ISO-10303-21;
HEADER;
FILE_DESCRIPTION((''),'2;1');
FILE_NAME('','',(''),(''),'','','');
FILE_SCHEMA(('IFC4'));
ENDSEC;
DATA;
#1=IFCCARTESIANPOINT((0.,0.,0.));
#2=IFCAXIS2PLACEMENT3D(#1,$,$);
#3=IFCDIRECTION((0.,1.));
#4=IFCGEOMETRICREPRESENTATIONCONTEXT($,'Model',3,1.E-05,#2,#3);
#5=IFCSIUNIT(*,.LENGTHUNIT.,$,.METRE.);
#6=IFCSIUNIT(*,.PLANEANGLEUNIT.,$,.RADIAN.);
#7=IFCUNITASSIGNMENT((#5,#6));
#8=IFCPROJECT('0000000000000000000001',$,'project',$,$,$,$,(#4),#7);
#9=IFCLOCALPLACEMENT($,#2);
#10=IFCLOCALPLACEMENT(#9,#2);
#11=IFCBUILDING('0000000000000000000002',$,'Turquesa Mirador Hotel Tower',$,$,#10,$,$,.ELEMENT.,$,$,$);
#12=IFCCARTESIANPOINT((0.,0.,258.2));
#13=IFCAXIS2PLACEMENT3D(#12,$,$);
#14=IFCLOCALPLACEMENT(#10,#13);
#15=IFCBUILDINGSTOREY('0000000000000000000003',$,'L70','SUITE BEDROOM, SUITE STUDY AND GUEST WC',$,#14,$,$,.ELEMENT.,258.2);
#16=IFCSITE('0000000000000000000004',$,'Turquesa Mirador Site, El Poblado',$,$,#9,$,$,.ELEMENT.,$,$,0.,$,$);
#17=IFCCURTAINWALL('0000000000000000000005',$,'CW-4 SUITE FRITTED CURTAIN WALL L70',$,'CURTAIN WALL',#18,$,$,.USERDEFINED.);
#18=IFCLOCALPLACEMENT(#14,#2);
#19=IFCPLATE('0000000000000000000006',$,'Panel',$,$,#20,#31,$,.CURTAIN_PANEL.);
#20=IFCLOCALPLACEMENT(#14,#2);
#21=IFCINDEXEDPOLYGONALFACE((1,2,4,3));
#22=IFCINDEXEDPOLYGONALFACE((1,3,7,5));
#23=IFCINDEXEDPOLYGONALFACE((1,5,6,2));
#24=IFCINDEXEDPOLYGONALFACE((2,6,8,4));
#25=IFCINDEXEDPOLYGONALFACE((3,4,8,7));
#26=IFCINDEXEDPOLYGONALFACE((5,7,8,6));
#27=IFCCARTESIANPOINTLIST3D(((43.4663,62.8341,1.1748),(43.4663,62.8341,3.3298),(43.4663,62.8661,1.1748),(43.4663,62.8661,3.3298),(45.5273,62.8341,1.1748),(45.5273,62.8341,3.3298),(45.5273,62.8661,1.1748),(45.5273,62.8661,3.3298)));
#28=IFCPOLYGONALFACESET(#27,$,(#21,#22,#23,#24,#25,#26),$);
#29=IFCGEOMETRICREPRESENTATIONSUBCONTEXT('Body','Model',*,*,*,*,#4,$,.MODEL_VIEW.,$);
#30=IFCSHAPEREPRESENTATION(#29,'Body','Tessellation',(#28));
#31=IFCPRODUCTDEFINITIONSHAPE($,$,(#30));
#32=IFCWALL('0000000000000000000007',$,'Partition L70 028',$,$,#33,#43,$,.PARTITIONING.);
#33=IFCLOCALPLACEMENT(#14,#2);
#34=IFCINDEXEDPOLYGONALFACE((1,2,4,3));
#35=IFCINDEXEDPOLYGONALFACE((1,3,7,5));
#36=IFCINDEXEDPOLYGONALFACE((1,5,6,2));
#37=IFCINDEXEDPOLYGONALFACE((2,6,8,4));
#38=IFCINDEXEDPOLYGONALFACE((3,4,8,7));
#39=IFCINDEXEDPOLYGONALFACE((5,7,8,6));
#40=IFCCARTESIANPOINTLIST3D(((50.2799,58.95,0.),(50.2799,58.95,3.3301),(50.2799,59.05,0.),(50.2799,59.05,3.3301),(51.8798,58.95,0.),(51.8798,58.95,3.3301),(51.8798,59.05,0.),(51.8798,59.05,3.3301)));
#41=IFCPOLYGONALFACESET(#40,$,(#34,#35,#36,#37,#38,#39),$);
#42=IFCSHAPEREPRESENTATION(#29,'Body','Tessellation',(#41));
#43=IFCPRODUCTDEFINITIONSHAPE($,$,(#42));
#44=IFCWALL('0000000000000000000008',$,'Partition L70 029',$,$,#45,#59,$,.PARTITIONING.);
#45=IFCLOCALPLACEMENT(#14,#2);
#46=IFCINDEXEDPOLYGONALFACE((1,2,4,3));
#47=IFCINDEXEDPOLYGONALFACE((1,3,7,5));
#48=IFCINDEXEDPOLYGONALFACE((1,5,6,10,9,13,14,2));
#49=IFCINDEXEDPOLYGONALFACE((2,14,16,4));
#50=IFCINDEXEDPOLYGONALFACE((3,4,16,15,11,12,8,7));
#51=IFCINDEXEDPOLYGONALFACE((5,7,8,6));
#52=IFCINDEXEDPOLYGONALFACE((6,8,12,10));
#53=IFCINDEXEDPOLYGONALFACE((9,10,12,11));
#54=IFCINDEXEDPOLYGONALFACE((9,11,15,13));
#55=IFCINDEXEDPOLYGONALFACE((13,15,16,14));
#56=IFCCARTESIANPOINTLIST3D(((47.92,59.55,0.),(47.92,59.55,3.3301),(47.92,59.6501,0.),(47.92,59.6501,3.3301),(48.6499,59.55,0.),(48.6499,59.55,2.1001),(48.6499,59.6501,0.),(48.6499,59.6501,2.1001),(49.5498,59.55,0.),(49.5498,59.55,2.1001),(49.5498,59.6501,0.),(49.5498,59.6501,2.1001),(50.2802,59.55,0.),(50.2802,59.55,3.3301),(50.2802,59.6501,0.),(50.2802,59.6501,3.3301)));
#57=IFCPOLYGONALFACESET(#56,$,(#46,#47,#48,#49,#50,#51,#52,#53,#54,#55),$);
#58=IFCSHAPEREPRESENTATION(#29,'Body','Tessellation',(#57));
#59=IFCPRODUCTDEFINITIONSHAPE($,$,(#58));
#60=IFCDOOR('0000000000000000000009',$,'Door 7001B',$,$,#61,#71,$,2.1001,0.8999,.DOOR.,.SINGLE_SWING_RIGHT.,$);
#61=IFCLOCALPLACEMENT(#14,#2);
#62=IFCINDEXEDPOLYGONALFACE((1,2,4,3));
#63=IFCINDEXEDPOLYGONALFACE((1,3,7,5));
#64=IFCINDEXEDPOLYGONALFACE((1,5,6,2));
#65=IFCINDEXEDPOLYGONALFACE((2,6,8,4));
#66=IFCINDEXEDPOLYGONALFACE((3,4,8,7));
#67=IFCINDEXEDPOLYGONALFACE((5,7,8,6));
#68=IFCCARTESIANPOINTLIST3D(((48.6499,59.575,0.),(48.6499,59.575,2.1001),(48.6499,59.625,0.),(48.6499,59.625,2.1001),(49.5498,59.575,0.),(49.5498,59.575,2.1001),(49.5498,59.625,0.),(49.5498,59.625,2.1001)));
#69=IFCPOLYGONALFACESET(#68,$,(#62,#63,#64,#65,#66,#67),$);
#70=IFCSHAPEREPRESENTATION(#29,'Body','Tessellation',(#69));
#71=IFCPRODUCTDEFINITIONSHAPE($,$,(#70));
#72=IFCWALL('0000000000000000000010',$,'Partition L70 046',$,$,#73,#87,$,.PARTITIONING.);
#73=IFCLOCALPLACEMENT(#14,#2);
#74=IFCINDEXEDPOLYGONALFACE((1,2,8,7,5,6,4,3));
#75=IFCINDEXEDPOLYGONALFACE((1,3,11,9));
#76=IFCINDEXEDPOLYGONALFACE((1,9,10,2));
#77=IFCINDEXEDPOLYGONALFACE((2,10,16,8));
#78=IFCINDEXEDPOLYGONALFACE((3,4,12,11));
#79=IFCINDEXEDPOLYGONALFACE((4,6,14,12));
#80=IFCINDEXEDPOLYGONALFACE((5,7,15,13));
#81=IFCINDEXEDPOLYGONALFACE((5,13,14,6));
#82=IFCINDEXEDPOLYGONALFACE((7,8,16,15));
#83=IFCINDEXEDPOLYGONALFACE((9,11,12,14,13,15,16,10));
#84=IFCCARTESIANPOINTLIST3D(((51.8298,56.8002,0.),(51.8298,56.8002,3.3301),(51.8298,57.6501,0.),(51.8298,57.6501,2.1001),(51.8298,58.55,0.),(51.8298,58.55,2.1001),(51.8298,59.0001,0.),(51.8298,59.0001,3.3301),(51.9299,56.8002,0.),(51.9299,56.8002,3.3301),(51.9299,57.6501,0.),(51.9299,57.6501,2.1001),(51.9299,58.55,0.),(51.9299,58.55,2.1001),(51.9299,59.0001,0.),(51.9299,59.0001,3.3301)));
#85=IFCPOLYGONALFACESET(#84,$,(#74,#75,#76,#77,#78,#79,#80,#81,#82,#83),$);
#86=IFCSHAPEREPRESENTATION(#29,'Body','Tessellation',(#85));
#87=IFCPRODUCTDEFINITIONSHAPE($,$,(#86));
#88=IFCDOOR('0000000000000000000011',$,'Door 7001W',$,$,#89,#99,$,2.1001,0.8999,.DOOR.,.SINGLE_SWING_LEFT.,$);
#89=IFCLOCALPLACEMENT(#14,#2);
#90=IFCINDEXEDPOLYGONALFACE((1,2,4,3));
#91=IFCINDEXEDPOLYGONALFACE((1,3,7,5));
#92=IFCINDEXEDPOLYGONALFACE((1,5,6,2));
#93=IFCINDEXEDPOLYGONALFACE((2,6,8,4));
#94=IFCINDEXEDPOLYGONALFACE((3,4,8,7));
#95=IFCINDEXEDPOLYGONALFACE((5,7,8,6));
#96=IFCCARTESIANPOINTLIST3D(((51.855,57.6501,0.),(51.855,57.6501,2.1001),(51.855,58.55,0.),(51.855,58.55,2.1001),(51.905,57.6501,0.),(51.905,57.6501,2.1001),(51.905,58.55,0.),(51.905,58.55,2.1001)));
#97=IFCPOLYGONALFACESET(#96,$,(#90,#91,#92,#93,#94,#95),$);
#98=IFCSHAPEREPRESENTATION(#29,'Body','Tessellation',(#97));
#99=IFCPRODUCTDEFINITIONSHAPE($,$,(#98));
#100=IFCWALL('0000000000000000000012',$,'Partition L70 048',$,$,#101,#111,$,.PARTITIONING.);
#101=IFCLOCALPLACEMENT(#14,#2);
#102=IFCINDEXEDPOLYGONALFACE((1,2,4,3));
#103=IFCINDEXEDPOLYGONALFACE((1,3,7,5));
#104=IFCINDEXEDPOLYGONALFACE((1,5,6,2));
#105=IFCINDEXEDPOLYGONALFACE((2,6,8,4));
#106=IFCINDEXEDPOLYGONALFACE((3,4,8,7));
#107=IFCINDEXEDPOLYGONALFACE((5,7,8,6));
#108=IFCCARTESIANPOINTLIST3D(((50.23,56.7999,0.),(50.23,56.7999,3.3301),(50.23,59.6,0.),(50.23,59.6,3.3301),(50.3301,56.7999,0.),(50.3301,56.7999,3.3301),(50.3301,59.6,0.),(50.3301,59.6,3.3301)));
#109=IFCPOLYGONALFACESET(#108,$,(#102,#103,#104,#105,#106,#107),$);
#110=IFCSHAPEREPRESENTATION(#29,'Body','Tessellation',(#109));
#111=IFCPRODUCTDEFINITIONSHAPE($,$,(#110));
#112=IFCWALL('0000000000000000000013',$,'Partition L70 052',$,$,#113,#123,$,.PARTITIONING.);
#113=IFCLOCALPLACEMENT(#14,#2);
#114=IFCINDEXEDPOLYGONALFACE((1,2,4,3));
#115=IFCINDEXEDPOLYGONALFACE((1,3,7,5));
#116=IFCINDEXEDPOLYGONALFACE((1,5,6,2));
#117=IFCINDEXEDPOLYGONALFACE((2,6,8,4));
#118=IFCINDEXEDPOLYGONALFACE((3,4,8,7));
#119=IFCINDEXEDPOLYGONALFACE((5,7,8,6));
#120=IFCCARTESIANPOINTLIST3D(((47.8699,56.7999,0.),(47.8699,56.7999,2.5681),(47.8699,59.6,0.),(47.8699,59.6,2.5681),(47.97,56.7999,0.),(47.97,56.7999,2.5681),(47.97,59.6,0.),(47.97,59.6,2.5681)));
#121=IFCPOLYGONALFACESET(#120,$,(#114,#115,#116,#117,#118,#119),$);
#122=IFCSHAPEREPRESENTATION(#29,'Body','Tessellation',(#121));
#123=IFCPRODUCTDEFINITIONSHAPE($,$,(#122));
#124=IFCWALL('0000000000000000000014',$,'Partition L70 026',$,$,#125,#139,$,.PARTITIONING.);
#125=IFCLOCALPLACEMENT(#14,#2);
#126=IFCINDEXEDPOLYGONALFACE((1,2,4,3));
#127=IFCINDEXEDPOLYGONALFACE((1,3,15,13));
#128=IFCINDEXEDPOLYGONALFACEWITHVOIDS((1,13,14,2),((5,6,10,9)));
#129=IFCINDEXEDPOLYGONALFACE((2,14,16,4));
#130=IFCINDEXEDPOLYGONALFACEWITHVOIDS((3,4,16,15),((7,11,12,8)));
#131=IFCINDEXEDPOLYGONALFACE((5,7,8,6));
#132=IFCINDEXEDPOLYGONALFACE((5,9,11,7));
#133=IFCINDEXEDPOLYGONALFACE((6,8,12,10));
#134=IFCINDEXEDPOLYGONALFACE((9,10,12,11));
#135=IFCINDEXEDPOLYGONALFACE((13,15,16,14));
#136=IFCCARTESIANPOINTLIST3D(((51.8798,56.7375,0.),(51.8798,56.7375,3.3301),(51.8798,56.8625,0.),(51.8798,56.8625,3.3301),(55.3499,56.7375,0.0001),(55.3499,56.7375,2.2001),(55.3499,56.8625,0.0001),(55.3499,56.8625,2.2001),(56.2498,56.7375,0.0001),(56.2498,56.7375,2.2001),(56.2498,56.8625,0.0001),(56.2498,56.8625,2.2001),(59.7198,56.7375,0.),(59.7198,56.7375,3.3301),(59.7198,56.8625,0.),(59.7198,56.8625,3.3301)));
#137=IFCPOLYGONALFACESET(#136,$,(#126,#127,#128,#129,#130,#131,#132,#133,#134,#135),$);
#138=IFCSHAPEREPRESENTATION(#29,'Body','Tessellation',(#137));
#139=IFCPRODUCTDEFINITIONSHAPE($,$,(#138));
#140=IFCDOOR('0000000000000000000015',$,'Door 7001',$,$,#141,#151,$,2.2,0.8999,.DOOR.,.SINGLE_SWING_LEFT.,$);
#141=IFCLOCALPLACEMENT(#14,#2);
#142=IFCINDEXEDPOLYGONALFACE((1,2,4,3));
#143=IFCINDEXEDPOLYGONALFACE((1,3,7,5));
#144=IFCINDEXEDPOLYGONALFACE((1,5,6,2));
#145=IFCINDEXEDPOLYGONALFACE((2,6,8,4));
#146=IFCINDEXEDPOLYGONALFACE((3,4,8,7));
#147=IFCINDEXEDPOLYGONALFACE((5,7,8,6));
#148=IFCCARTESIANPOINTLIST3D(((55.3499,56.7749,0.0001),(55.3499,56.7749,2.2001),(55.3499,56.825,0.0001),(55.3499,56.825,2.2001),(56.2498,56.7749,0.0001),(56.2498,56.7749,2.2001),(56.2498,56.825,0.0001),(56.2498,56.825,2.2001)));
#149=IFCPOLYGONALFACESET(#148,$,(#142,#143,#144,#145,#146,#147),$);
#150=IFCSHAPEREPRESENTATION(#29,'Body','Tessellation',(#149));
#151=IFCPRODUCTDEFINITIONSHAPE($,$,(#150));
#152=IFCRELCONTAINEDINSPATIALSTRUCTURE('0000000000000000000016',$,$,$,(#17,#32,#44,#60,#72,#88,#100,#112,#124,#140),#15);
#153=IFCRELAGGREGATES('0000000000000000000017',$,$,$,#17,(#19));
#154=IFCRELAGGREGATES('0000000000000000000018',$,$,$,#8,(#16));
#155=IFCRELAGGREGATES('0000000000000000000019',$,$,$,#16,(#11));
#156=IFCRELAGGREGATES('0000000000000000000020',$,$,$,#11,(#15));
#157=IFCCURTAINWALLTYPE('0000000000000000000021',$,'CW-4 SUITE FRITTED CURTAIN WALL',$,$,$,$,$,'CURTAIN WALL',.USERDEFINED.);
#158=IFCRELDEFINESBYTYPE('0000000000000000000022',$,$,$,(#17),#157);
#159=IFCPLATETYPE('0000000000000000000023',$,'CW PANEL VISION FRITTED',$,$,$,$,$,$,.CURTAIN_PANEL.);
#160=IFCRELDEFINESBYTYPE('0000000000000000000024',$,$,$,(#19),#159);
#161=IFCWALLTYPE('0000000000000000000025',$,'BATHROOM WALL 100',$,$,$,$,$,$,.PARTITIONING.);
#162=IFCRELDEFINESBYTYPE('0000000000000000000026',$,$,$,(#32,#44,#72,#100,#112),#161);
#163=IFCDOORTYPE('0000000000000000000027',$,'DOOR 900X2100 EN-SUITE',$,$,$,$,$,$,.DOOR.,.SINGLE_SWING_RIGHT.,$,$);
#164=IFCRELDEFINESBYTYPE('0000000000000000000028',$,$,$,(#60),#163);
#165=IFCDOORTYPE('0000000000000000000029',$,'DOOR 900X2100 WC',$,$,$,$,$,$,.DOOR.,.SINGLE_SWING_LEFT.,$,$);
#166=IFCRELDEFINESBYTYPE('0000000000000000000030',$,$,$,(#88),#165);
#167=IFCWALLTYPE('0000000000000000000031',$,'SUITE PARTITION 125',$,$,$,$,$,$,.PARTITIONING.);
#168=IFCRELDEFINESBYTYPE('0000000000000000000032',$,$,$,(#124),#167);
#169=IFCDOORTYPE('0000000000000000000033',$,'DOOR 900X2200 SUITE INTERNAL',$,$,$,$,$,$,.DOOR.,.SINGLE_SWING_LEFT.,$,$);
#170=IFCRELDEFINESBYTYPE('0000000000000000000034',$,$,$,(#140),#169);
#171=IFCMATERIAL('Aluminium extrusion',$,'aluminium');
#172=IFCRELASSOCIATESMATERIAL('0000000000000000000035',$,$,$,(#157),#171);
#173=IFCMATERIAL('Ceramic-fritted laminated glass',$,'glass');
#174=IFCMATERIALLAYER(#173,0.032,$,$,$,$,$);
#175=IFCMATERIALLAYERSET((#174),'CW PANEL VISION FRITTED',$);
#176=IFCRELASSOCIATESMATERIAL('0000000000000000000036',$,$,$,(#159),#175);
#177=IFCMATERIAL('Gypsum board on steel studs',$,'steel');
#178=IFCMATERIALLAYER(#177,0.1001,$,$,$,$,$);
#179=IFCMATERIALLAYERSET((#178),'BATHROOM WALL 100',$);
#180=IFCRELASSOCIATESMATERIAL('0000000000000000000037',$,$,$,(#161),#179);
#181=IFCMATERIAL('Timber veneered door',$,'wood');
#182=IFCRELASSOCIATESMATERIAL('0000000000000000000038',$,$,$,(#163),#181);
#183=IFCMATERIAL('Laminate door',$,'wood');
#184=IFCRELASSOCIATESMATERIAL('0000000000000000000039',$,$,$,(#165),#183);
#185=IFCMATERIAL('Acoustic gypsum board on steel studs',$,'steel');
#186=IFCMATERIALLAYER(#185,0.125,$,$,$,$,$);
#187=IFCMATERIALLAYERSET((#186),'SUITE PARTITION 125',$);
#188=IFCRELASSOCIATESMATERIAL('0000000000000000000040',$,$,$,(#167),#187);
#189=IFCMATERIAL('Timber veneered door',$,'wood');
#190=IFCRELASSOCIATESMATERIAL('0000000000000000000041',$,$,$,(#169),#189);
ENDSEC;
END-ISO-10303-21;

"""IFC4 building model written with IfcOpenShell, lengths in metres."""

from ifc_helpers import new_model, si_unit, direction, frame, frame_2d, origin, origin_2d, place, context, subcontext, project, spatial, rectangle, extrude, material, layer, layer_set, type_object, element, fill, aggregate, save


model = new_model("IFC4")

# Units and contexts
model_context = context("Model", 3, precision=1e-05, world=origin(), true_north=direction((0.0, 1.0)))
body_context = subcontext(model_context, "Body", "Model", "MODEL_VIEW")
ifc_project = project(units=[si_unit("LENGTHUNIT", "METRE"), si_unit("PLANEANGLEUNIT", "RADIAN")], contexts=[model_context])

# Site, building, storey
site_placement = place(None, origin())
site = spatial("IfcSite", under=ifc_project, at=site_placement, Name="Turquesa Mirador Site, El Poblado", CompositionType="ELEMENT", RefElevation=0.0)
building_placement = place(site_placement, origin())
building = spatial("IfcBuilding", under=site, at=building_placement, Name="Turquesa Mirador Hotel Tower", CompositionType="ELEMENT")
storey_placement = place(building_placement, frame((0.0, 0.0, 258.2)))
storey = spatial("IfcBuildingStorey", under=building, at=storey_placement, Name="L70", Description="SUITE BEDROOM, SUITE STUDY AND GUEST WC", CompositionType="ELEMENT", Elevation=258.2)

# Curtain wall
ifc_material_1 = material(Name="Aluminium extrusion", Category="aluminium")
curtain_wall_type = type_object("IfcCurtainWallType", Name="CW-4 SUITE FRITTED CURTAIN WALL", ElementType="CURTAIN WALL", PredefinedType="USERDEFINED", material=ifc_material_1)
curtain_wall_1_placement = place(storey_placement, origin())
curtain_wall_1 = element("IfcCurtainWall", 1, at=curtain_wall_1_placement, inside=storey, type_object=curtain_wall_type, Name="CW-4 SUITE FRITTED CURTAIN WALL L70", ObjectType="CURTAIN WALL", PredefinedType="USERDEFINED")

# Plate
ifc_material_2 = material(Name="Ceramic-fritted laminated glass", Category="glass")
ifc_layer_1 = layer(ifc_material_2, 0.032)
ifc_layer_set_1 = layer_set([ifc_layer_1], Name="CW PANEL VISION FRITTED")
plate_type_1 = type_object("IfcPlateType", Name="CW PANEL VISION FRITTED", PredefinedType="CURTAIN_PANEL", material=ifc_layer_set_1)
plate_1_placement = place(storey_placement, frame((44.4968, 62.8501, 1.1748), z_axis=(0.0, 0.0, 1.0), x_axis=(-1.0, 0.0, 0.0)))
plate_1 = element("IfcPlate", 2, at=plate_1_placement, type_object=plate_type_1, Name="Panel", PredefinedType="CURTAIN_PANEL", context=body_context, shape_type="SweptSolid", body=[
    extrude(rectangle(XDim=2.061, YDim=0.032, at=origin_2d()), origin(), (0.0, 0.0, 1.0), 2.155),
])
aggregate(curtain_wall_1, [plate_1])

# Wall
ifc_material_3 = material(Name="Gypsum board on steel studs", Category="steel")
ifc_layer_2 = layer(ifc_material_3, 0.1001)
ifc_layer_set_2 = layer_set([ifc_layer_2], Name="BATHROOM WALL 100")
wall_type_1 = type_object("IfcWallType", Name="BATHROOM WALL 100", PredefinedType="PARTITIONING", material=ifc_layer_set_2)
wall_1_placement = place(storey_placement, frame((50.28, 59.0, 0.0), z_axis=(0.0, 0.0, 1.0), x_axis=(1.0, 0.0, 0.0)))
element("IfcWall", 3, at=wall_1_placement, inside=storey, type_object=wall_type_1, Name="Partition L70 028", PredefinedType="PARTITIONING", context=body_context, shape_type="SweptSolid", body=[
    extrude(rectangle(XDim=1.5999, YDim=0.1001, at=frame_2d((0.7998, 0.0))), origin(), (0.0, 0.0, 1.0), 3.3301),
])

# Walls, openings, doors
wall_2_placement = place(storey_placement, frame((47.9199, 59.6001, 0.0), z_axis=(0.0, 0.0, 1.0), x_axis=(1.0, 0.0, 0.0)))
wall_2 = element("IfcWall", 4, at=wall_2_placement, inside=storey, type_object=wall_type_1, Name="Partition L70 029", PredefinedType="PARTITIONING", context=body_context, shape_type="SweptSolid", body=[
    extrude(rectangle(XDim=2.3601, YDim=0.1001, at=frame_2d((1.1802, 0.0))), origin(), (0.0, 0.0, 1.0), 3.3301),
])
opening_1_placement = place(wall_2_placement, frame((0.73, 0.0, 0.0)))
opening_1 = element("IfcOpeningElement", 5, at=opening_1_placement, cuts=wall_2, PredefinedType="OPENING", context=body_context, shape_type="SweptSolid", body=[
    extrude(rectangle(XDim=0.8999, YDim=2.1001, at=frame_2d((0.45, 1.05))), frame((0.0, 0.0601, 0.0), z_axis=(0.0, -1.0, 0.0), x_axis=(1.0, 0.0, 0.0)), (0.0, 0.0, 1.0), 0.1201),
])
ifc_material_4 = material(Name="Timber veneered door", Category="wood")
door_type_1 = type_object("IfcDoorType", Name="DOOR 900X2100 EN-SUITE", OperationType="SINGLE_SWING_RIGHT", PredefinedType="DOOR", material=ifc_material_4)
door_1_placement = place(opening_1_placement, origin())
door_1 = element("IfcDoor", 6, at=door_1_placement, inside=storey, type_object=door_type_1, Name="Door 7001B", OperationType="SINGLE_SWING_RIGHT", OverallHeight=2.1001, OverallWidth=0.8999, PredefinedType="DOOR", context=body_context, shape_type="SweptSolid", body=[
    extrude(rectangle(XDim=0.8999, YDim=2.1001, at=frame_2d((0.45, 1.05))), frame((0.0, 0.0249, 0.0), z_axis=(0.0, -1.0, 0.0), x_axis=(1.0, 0.0, 0.0)), (0.0, 0.0, 1.0), 0.05),
])
fill(opening_1, door_1)
wall_3_placement = place(storey_placement, frame((51.8799, 56.8, 0.0), z_axis=(0.0, 0.0, 1.0), x_axis=(0.0, 1.0, 0.0)))
wall_3 = element("IfcWall", 7, at=wall_3_placement, inside=storey, type_object=wall_type_1, Name="Partition L70 046", PredefinedType="PARTITIONING", context=body_context, shape_type="SweptSolid", body=[
    extrude(rectangle(XDim=2.2, YDim=0.1001, at=frame_2d((1.1001, 0.0))), origin(), (0.0, 0.0, 1.0), 3.3301),
])
opening_2_placement = place(wall_3_placement, frame((0.8501, 0.0, 0.0)))
opening_2 = element("IfcOpeningElement", 8, at=opening_2_placement, cuts=wall_3, PredefinedType="OPENING", context=body_context, shape_type="SweptSolid", body=[
    extrude(rectangle(XDim=0.8999, YDim=2.1001, at=frame_2d((0.45, 1.05))), frame((0.0, 0.0601, 0.0), z_axis=(0.0, -1.0, 0.0), x_axis=(1.0, 0.0, 0.0)), (0.0, 0.0, 1.0), 0.1201),
])
ifc_material_5 = material(Name="Laminate door", Category="wood")
door_type_2 = type_object("IfcDoorType", Name="DOOR 900X2100 WC", OperationType="SINGLE_SWING_LEFT", PredefinedType="DOOR", material=ifc_material_5)
door_2_placement = place(opening_2_placement, origin())
door_2 = element("IfcDoor", 9, at=door_2_placement, inside=storey, type_object=door_type_2, Name="Door 7001W", OperationType="SINGLE_SWING_LEFT", OverallHeight=2.1001, OverallWidth=0.8999, PredefinedType="DOOR", context=body_context, shape_type="SweptSolid", body=[
    extrude(rectangle(XDim=0.8999, YDim=2.1001, at=frame_2d((0.45, 1.05))), frame((0.0, 0.0249, 0.0), z_axis=(0.0, -1.0, 0.0), x_axis=(1.0, 0.0, 0.0)), (0.0, 0.0, 1.0), 0.05),
])
fill(opening_2, door_2)

# Walls
wall_4_placement = place(storey_placement, frame((50.28, 56.8, 0.0), z_axis=(0.0, 0.0, 1.0), x_axis=(0.0, 1.0, 0.0)))
element("IfcWall", 10, at=wall_4_placement, inside=storey, type_object=wall_type_1, Name="Partition L70 048", PredefinedType="PARTITIONING", context=body_context, shape_type="SweptSolid", body=[
    extrude(rectangle(XDim=2.8, YDim=0.1001, at=frame_2d((1.3999, 0.0))), origin(), (0.0, 0.0, 1.0), 3.3301),
])
wall_5_placement = place(storey_placement, frame((47.9199, 56.8, 0.0), z_axis=(0.0, 0.0, 1.0), x_axis=(0.0, 1.0, 0.0)))
element("IfcWall", 11, at=wall_5_placement, inside=storey, type_object=wall_type_1, Name="Partition L70 052", PredefinedType="PARTITIONING", context=body_context, shape_type="SweptSolid", body=[
    extrude(rectangle(XDim=2.8, YDim=0.1001, at=frame_2d((1.3999, 0.0))), origin(), (0.0, 0.0, 1.0), 2.5681),
])

# Wall, opening, door
ifc_material_6 = material(Name="Acoustic gypsum board on steel studs", Category="steel")
ifc_layer_3 = layer(ifc_material_6, 0.125)
ifc_layer_set_3 = layer_set([ifc_layer_3], Name="SUITE PARTITION 125")
wall_type_2 = type_object("IfcWallType", Name="SUITE PARTITION 125", PredefinedType="PARTITIONING", material=ifc_layer_set_3)
wall_6_placement = place(storey_placement, frame((51.8799, 56.8, 0.0), z_axis=(0.0, 0.0, 1.0), x_axis=(1.0, 0.0, 0.0)))
wall_6 = element("IfcWall", 12, at=wall_6_placement, inside=storey, type_object=wall_type_2, Name="Partition L70 026", PredefinedType="PARTITIONING", context=body_context, shape_type="SweptSolid", body=[
    extrude(rectangle(XDim=7.8401, YDim=0.125, at=frame_2d((3.9199, 0.0))), origin(), (0.0, 0.0, 1.0), 3.3301),
])
opening_3_placement = place(wall_6_placement, frame((3.47, 0.0, 0.0)))
opening_3 = element("IfcOpeningElement", 13, at=opening_3_placement, cuts=wall_6, PredefinedType="OPENING", context=body_context, shape_type="SweptSolid", body=[
    extrude(rectangle(XDim=0.8999, YDim=2.2, at=frame_2d((0.45, 1.1001))), frame((0.0, 0.0725, 0.0), z_axis=(0.0, -1.0, 0.0), x_axis=(1.0, 0.0, 0.0)), (0.0, 0.0, 1.0), 0.145),
])
ifc_material_7 = material(Name="Timber veneered door", Category="wood")
door_type_3 = type_object("IfcDoorType", Name="DOOR 900X2200 SUITE INTERNAL", OperationType="SINGLE_SWING_LEFT", PredefinedType="DOOR", material=ifc_material_7)
door_3_placement = place(opening_3_placement, origin())
door_3 = element("IfcDoor", 14, at=door_3_placement, inside=storey, type_object=door_type_3, Name="Door 7001", OperationType="SINGLE_SWING_LEFT", OverallHeight=2.2, OverallWidth=0.8999, PredefinedType="DOOR", context=body_context, shape_type="SweptSolid", body=[
    extrude(rectangle(XDim=0.8999, YDim=2.2, at=frame_2d((0.45, 1.1001))), frame((0.0, 0.0249, 0.0), z_axis=(0.0, -1.0, 0.0), x_axis=(1.0, 0.0, 0.0)), (0.0, 0.0, 1.0), 0.05),
])
fill(opening_3, door_3)

save(model, "model.ifc")
